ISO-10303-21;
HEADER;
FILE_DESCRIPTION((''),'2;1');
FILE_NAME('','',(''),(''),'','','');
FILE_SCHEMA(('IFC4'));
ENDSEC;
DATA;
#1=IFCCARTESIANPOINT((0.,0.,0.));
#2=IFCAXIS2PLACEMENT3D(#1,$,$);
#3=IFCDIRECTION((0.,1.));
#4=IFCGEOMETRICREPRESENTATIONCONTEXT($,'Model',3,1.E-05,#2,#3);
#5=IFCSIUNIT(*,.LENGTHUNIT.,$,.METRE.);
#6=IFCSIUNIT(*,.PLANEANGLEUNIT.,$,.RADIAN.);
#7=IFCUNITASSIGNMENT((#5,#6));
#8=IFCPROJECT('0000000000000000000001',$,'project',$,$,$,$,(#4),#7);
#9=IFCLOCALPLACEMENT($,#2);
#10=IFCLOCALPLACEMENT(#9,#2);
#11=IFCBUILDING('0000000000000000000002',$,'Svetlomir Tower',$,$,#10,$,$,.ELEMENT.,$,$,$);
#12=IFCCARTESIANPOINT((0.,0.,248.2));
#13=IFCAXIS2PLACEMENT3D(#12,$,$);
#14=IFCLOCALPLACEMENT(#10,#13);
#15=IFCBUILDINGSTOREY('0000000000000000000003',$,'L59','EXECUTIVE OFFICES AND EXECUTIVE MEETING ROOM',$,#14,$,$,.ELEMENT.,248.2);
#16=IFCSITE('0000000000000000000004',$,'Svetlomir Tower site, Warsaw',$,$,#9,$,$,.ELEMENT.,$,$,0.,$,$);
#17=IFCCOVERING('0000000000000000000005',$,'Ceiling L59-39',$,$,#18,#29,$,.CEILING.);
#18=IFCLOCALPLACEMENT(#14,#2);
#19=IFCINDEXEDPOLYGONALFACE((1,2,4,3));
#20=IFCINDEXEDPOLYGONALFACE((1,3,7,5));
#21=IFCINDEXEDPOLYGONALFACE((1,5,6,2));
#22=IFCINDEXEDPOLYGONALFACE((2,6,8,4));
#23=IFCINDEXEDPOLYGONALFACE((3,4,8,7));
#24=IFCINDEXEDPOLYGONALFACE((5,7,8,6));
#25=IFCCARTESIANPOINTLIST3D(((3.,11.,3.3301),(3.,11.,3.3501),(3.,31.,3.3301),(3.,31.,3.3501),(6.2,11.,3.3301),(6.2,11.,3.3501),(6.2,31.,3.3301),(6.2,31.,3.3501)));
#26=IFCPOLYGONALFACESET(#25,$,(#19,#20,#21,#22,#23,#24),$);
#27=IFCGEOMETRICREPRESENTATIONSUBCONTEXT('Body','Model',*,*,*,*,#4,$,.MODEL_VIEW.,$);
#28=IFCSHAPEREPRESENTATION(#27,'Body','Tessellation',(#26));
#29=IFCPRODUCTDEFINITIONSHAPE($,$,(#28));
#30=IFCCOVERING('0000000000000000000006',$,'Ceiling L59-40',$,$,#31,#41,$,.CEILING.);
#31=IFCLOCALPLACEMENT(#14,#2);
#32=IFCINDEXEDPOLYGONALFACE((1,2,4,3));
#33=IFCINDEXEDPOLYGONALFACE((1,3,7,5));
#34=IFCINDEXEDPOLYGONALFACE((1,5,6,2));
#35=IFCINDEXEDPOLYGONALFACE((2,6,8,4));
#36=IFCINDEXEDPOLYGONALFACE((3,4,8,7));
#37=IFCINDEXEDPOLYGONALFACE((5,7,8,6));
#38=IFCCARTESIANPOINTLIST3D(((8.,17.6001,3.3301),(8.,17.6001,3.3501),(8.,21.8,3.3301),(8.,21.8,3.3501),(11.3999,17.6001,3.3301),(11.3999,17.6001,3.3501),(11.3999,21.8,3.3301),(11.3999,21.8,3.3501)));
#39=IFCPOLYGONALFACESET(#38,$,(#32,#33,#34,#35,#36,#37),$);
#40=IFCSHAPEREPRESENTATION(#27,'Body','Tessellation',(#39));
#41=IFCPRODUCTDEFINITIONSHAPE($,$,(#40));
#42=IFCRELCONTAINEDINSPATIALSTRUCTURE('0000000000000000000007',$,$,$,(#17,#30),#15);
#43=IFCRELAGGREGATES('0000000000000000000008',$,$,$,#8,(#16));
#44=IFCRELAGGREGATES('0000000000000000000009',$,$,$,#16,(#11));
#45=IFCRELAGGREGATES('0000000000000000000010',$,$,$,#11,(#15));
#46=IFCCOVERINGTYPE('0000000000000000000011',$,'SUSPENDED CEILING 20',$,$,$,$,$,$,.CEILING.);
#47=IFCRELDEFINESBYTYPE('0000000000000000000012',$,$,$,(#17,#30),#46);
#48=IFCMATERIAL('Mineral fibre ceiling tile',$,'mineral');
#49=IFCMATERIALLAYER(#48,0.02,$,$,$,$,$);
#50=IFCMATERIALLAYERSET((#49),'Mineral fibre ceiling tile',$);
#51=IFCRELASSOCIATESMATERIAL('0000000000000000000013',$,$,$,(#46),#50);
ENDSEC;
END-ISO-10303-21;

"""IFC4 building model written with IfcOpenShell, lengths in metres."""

from ifc_helpers import new_model, si_unit, direction, frame, origin, place, context, subcontext, project, spatial, polyline, outline, extrude, material, layer, layer_set, type_object, element, save


model = new_model("IFC4")

# Units and contexts
model_context = context("Model", 3, precision=1e-05, world=origin(), true_north=direction((0.0, 1.0)))
body_context = subcontext(model_context, "Body", "Model", "MODEL_VIEW")
ifc_project = project(units=[si_unit("LENGTHUNIT", "METRE"), si_unit("PLANEANGLEUNIT", "RADIAN")], contexts=[model_context])

# Site, building, storey
site_placement = place(None, origin())
site = spatial("IfcSite", under=ifc_project, at=site_placement, Name="Svetlomir Tower site, Warsaw", CompositionType="ELEMENT", RefElevation=0.0)
building_placement = place(site_placement, origin())
building = spatial("IfcBuilding", under=site, at=building_placement, Name="Svetlomir Tower", CompositionType="ELEMENT")
storey_placement = place(building_placement, frame((0.0, 0.0, 248.2)))
storey = spatial("IfcBuildingStorey", under=building, at=storey_placement, Name="L59", Description="EXECUTIVE OFFICES AND EXECUTIVE MEETING ROOM", CompositionType="ELEMENT", Elevation=248.2)

# Coverings
ifc_material_1 = material(Name="Mineral fibre ceiling tile", Category="mineral")
ifc_layer_1 = layer(ifc_material_1, 0.02)
ifc_layer_set_1 = layer_set([ifc_layer_1], Name="Mineral fibre ceiling tile")
covering_type_1 = type_object("IfcCoveringType", Name="SUSPENDED CEILING 20", PredefinedType="CEILING", material=ifc_layer_set_1)
covering_1_placement = place(storey_placement, frame((0.0, 0.0, 3.3301)))
element("IfcCovering", 1, at=covering_1_placement, inside=storey, type_object=covering_type_1, Name="Ceiling L59-39", PredefinedType="CEILING", context=body_context, shape_type="SweptSolid", body=[
    extrude(outline(polyline([(3.0, 31.0), (6.2, 31.0), (6.2, 11.0), (3.0, 11.0), (3.0, 31.0)])), origin(), (0.0, 0.0, 1.0), 0.02),
])
covering_2_placement = place(storey_placement, frame((0.0, 0.0, 3.3301)))
element("IfcCovering", 2, at=covering_2_placement, inside=storey, type_object=covering_type_1, Name="Ceiling L59-40", PredefinedType="CEILING", context=body_context, shape_type="SweptSolid", body=[
    extrude(outline(polyline([(8.0, 17.6001), (8.0, 21.8), (11.3999, 21.8), (11.3999, 17.6001), (8.0, 17.6001)])), origin(), (0.0, 0.0, 1.0), 0.02),
])

save(model, "model.ifc")
